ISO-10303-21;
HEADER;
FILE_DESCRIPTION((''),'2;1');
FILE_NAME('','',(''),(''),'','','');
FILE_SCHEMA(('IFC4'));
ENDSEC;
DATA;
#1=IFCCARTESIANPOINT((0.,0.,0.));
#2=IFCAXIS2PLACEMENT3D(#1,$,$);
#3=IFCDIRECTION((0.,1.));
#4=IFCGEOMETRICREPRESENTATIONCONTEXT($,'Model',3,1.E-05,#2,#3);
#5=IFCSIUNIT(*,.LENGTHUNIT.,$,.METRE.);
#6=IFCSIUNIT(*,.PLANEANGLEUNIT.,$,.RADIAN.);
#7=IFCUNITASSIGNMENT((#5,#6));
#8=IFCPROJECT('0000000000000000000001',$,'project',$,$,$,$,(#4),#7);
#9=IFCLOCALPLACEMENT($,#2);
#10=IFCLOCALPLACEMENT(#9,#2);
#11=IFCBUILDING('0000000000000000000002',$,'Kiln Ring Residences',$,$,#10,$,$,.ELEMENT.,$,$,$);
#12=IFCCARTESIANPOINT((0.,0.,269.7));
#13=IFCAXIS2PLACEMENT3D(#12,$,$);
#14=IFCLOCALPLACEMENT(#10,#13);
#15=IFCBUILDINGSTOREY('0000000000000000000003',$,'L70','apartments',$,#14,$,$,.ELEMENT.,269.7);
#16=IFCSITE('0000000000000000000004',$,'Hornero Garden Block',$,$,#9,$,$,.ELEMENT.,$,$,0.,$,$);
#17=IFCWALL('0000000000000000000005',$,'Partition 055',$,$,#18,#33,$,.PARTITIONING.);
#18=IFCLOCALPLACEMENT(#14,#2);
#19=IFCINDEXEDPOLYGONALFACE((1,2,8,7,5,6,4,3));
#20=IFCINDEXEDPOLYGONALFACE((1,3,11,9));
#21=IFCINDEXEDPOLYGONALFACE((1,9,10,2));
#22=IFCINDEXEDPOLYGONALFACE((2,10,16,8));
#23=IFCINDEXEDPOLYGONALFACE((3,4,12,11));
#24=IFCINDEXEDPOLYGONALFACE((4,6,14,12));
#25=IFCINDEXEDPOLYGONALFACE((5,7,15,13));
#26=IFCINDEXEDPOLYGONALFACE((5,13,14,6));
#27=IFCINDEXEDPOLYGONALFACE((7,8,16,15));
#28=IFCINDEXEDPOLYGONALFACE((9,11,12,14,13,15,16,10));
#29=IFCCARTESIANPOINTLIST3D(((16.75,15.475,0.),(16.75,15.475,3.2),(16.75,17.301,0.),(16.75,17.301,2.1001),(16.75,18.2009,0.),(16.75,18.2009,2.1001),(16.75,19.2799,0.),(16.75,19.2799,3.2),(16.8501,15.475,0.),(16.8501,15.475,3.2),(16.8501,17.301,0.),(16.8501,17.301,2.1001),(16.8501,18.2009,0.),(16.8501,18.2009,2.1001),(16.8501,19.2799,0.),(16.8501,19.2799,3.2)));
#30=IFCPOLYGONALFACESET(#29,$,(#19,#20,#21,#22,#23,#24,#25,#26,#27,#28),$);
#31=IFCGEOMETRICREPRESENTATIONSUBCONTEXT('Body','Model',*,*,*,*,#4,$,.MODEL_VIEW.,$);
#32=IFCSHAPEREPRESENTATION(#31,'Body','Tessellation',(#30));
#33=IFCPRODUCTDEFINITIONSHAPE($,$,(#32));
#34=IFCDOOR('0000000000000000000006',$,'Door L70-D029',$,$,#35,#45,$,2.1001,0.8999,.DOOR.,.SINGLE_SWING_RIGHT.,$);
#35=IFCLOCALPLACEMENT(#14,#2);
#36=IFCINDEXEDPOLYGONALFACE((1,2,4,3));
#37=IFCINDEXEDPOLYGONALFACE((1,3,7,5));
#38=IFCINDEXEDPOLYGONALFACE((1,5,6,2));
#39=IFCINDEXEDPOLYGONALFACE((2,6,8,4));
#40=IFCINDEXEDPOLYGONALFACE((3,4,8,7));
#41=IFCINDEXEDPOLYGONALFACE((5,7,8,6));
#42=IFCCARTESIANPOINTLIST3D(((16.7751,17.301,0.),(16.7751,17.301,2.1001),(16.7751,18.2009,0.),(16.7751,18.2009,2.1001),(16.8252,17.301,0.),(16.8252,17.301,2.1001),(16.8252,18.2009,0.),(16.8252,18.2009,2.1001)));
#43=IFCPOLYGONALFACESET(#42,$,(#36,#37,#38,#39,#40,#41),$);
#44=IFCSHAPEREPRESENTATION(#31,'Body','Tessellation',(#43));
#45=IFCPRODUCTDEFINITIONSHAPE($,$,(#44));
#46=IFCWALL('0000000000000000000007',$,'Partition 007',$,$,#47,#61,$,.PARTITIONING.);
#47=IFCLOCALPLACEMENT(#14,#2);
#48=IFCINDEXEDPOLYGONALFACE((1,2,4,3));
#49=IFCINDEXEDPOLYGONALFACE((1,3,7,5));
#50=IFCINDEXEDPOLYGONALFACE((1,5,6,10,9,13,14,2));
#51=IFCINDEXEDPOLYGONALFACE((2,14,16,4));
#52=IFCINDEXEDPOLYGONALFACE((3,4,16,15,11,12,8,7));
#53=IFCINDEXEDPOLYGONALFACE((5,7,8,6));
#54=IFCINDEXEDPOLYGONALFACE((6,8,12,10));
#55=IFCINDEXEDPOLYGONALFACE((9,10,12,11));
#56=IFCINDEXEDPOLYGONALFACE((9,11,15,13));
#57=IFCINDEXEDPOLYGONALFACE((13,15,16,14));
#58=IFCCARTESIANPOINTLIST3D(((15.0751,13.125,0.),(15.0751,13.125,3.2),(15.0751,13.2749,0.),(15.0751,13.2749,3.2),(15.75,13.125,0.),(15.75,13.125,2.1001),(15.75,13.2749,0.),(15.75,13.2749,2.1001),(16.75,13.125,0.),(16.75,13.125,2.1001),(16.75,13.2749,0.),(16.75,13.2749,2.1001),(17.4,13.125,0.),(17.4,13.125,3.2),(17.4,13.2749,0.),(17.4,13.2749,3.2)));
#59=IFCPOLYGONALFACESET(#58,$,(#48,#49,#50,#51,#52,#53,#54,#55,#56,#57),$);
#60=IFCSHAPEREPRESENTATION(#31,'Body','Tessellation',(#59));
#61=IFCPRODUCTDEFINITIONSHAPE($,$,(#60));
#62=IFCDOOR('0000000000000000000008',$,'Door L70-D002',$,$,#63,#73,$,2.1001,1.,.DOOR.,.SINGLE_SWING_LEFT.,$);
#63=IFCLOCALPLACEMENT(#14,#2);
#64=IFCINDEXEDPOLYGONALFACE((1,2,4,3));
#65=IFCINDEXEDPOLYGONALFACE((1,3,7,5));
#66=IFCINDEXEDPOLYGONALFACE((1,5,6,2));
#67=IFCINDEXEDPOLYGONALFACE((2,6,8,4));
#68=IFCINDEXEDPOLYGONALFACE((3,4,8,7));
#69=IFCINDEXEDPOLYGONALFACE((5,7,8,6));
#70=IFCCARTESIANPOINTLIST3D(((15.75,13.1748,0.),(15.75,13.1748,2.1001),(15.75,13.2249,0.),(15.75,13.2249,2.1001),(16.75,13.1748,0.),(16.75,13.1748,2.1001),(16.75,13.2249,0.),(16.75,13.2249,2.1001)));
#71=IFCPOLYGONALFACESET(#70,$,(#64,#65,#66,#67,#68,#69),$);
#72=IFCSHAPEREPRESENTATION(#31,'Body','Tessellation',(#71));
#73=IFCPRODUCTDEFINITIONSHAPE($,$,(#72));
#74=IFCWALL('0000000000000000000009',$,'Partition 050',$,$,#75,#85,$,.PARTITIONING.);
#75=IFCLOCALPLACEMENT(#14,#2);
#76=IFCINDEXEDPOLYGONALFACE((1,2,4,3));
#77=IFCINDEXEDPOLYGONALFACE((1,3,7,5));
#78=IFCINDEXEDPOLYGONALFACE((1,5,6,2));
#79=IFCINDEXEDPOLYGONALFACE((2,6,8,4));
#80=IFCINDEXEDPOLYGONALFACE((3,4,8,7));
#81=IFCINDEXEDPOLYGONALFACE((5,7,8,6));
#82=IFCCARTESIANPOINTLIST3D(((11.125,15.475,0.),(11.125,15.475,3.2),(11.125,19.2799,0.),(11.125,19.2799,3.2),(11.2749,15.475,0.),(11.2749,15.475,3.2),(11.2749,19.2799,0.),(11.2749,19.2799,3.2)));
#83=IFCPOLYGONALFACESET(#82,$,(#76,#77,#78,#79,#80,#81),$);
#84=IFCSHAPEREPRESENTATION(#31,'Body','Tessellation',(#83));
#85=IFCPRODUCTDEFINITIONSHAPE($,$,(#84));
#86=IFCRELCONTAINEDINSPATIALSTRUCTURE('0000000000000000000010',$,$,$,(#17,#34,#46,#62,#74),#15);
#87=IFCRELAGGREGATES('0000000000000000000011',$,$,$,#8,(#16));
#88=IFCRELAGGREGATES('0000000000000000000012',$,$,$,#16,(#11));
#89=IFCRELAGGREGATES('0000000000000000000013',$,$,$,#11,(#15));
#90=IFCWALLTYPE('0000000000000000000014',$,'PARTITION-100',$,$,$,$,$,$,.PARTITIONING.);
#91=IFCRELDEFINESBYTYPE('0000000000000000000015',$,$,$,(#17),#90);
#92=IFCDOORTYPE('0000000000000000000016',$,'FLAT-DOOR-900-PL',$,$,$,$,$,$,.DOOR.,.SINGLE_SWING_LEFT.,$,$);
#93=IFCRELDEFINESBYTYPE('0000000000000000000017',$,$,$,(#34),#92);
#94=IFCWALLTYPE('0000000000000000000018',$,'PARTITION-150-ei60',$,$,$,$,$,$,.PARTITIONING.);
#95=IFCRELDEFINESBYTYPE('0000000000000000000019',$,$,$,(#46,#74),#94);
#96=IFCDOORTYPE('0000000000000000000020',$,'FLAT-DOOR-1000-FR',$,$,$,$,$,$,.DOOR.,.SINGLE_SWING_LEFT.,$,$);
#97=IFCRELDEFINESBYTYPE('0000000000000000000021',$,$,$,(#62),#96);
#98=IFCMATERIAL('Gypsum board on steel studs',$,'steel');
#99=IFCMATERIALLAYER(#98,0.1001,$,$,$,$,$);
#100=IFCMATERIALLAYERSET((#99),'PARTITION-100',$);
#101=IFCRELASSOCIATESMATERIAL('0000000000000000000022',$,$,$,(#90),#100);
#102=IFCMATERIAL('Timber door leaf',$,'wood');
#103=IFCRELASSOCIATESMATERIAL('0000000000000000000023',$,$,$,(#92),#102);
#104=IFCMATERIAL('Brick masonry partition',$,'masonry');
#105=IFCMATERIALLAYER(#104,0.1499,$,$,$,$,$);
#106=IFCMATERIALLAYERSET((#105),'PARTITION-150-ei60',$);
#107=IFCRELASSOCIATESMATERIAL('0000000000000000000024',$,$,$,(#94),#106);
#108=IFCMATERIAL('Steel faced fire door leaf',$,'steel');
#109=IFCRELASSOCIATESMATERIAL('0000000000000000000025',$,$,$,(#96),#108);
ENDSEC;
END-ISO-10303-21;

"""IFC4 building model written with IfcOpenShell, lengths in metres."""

from ifc_helpers import new_model, si_unit, direction, frame, frame_2d, origin, place, context, subcontext, project, spatial, rectangle, extrude, material, layer, layer_set, type_object, element, fill, save


model = new_model("IFC4")

# Units and contexts
model_context = context("Model", 3, precision=1e-05, world=origin(), true_north=direction((0.0, 1.0)))
body_context = subcontext(model_context, "Body", "Model", "MODEL_VIEW")
ifc_project = project(units=[si_unit("LENGTHUNIT", "METRE"), si_unit("PLANEANGLEUNIT", "RADIAN")], contexts=[model_context])

# Site, building, storey
site_placement = place(None, origin())
site = spatial("IfcSite", under=ifc_project, at=site_placement, Name="Hornero Garden Block", CompositionType="ELEMENT", RefElevation=0.0)
building_placement = place(site_placement, origin())
building = spatial("IfcBuilding", under=site, at=building_placement, Name="Kiln Ring Residences", CompositionType="ELEMENT")
storey_placement = place(building_placement, frame((0.0, 0.0, 269.7)))
storey = spatial("IfcBuildingStorey", under=building, at=storey_placement, Name="L70", Description="apartments", CompositionType="ELEMENT", Elevation=269.7)

# Shared definitions
ifc_material_1 = material(Name="Gypsum board on steel studs", Category="steel")
ifc_layer_1 = layer(ifc_material_1, 0.1001)
ifc_layer_set_1 = layer_set([ifc_layer_1], Name="PARTITION-100")
wall_type_1 = type_object("IfcWallType", Name="PARTITION-100", PredefinedType="PARTITIONING", material=ifc_layer_set_1)

# Walls, openings, doors
wall_1_placement = place(storey_placement, frame((16.8, 15.4751, 0.0), z_axis=(0.0, 0.0, 1.0), x_axis=(0.0, 1.0, 0.0)))
wall_1 = element("IfcWall", 1, at=wall_1_placement, inside=storey, type_object=wall_type_1, Name="Partition 055", PredefinedType="PARTITIONING", context=body_context, shape_type="SweptSolid", body=[
    extrude(rectangle(XDim=3.8049, YDim=0.1001, at=frame_2d((1.9023, 0.0))), origin(), (0.0, 0.0, 1.0), 3.2),
])
opening_1_placement = place(wall_1_placement, frame((1.8259, 0.0, 0.0)))
opening_1 = element("IfcOpeningElement", 2, at=opening_1_placement, cuts=wall_1, PredefinedType="OPENING", context=body_context, shape_type="SweptSolid", body=[
    extrude(rectangle(XDim=0.8999, YDim=2.1001, at=frame_2d((0.45, 1.05))), frame((0.0, 0.0601, 0.0), z_axis=(0.0, -1.0, 0.0), x_axis=(1.0, 0.0, 0.0)), (0.0, 0.0, 1.0), 0.1201),
])
ifc_material_2 = material(Name="Timber door leaf", Category="wood")
door_type_1 = type_object("IfcDoorType", Name="FLAT-DOOR-900-PL", OperationType="SINGLE_SWING_LEFT", PredefinedType="DOOR", material=ifc_material_2)
door_1_placement = place(opening_1_placement, origin())
door_1 = element("IfcDoor", 3, at=door_1_placement, inside=storey, type_object=door_type_1, Name="Door L70-D029", OperationType="SINGLE_SWING_RIGHT", OverallHeight=2.1001, OverallWidth=0.8999, PredefinedType="DOOR", context=body_context, shape_type="SweptSolid", body=[
    extrude(rectangle(XDim=0.8999, YDim=2.1001, at=frame_2d((0.45, 1.05))), frame((0.0, 0.0249, 0.0), z_axis=(0.0, -1.0, 0.0), x_axis=(1.0, 0.0, 0.0)), (0.0, 0.0, 1.0), 0.05),
])
fill(opening_1, door_1)
ifc_material_3 = material(Name="Brick masonry partition", Category="masonry")
ifc_layer_2 = layer(ifc_material_3, 0.1499)
ifc_layer_set_2 = layer_set([ifc_layer_2], Name="PARTITION-150-ei60")
wall_type_2 = type_object("IfcWallType", Name="PARTITION-150-ei60", PredefinedType="PARTITIONING", material=ifc_layer_set_2)
wall_2_placement = place(storey_placement, frame((15.075, 13.2, 0.0), z_axis=(0.0, 0.0, 1.0), x_axis=(1.0, 0.0, 0.0)))
wall_2 = element("IfcWall", 4, at=wall_2_placement, inside=storey, type_object=wall_type_2, Name="Partition 007", PredefinedType="PARTITIONING", context=body_context, shape_type="SweptSolid", body=[
    extrude(rectangle(XDim=2.325, YDim=0.1499, at=frame_2d((1.1626, 0.0))), origin(), (0.0, 0.0, 1.0), 3.2),
])
opening_2_placement = place(wall_2_placement, frame((0.675, 0.0, 0.0)))
opening_2 = element("IfcOpeningElement", 5, at=opening_2_placement, cuts=wall_2, PredefinedType="OPENING", context=body_context, shape_type="SweptSolid", body=[
    extrude(rectangle(XDim=1.0, YDim=2.1001, at=frame_2d((0.5, 1.05))), frame((0.0, 0.085, 0.0), z_axis=(0.0, -1.0, 0.0), x_axis=(1.0, 0.0, 0.0)), (0.0, 0.0, 1.0), 0.1699),
])
ifc_material_4 = material(Name="Steel faced fire door leaf", Category="steel")
door_type_2 = type_object("IfcDoorType", Name="FLAT-DOOR-1000-FR", OperationType="SINGLE_SWING_LEFT", PredefinedType="DOOR", material=ifc_material_4)
door_2_placement = place(opening_2_placement, origin())
door_2 = element("IfcDoor", 6, at=door_2_placement, inside=storey, type_object=door_type_2, Name="Door L70-D002", OperationType="SINGLE_SWING_LEFT", OverallHeight=2.1001, OverallWidth=1.0, PredefinedType="DOOR", context=body_context, shape_type="SweptSolid", body=[
    extrude(rectangle(XDim=1.0, YDim=2.1001, at=frame_2d((0.5, 1.05))), frame((0.0, 0.0249, 0.0), z_axis=(0.0, -1.0, 0.0), x_axis=(1.0, 0.0, 0.0)), (0.0, 0.0, 1.0), 0.05),
])
fill(opening_2, door_2)

# Wall
wall_3_placement = place(storey_placement, frame((11.2, 15.4751, 0.0), z_axis=(0.0, 0.0, 1.0), x_axis=(0.0, 1.0, 0.0)))
element("IfcWall", 7, at=wall_3_placement, inside=storey, type_object=wall_type_2, Name="Partition 050", PredefinedType="PARTITIONING", context=body_context, shape_type="SweptSolid", body=[
    extrude(rectangle(XDim=3.8049, YDim=0.1499, at=frame_2d((1.9023, 0.0))), origin(), (0.0, 0.0, 1.0), 3.2),
])

save(model, "model.ifc")
